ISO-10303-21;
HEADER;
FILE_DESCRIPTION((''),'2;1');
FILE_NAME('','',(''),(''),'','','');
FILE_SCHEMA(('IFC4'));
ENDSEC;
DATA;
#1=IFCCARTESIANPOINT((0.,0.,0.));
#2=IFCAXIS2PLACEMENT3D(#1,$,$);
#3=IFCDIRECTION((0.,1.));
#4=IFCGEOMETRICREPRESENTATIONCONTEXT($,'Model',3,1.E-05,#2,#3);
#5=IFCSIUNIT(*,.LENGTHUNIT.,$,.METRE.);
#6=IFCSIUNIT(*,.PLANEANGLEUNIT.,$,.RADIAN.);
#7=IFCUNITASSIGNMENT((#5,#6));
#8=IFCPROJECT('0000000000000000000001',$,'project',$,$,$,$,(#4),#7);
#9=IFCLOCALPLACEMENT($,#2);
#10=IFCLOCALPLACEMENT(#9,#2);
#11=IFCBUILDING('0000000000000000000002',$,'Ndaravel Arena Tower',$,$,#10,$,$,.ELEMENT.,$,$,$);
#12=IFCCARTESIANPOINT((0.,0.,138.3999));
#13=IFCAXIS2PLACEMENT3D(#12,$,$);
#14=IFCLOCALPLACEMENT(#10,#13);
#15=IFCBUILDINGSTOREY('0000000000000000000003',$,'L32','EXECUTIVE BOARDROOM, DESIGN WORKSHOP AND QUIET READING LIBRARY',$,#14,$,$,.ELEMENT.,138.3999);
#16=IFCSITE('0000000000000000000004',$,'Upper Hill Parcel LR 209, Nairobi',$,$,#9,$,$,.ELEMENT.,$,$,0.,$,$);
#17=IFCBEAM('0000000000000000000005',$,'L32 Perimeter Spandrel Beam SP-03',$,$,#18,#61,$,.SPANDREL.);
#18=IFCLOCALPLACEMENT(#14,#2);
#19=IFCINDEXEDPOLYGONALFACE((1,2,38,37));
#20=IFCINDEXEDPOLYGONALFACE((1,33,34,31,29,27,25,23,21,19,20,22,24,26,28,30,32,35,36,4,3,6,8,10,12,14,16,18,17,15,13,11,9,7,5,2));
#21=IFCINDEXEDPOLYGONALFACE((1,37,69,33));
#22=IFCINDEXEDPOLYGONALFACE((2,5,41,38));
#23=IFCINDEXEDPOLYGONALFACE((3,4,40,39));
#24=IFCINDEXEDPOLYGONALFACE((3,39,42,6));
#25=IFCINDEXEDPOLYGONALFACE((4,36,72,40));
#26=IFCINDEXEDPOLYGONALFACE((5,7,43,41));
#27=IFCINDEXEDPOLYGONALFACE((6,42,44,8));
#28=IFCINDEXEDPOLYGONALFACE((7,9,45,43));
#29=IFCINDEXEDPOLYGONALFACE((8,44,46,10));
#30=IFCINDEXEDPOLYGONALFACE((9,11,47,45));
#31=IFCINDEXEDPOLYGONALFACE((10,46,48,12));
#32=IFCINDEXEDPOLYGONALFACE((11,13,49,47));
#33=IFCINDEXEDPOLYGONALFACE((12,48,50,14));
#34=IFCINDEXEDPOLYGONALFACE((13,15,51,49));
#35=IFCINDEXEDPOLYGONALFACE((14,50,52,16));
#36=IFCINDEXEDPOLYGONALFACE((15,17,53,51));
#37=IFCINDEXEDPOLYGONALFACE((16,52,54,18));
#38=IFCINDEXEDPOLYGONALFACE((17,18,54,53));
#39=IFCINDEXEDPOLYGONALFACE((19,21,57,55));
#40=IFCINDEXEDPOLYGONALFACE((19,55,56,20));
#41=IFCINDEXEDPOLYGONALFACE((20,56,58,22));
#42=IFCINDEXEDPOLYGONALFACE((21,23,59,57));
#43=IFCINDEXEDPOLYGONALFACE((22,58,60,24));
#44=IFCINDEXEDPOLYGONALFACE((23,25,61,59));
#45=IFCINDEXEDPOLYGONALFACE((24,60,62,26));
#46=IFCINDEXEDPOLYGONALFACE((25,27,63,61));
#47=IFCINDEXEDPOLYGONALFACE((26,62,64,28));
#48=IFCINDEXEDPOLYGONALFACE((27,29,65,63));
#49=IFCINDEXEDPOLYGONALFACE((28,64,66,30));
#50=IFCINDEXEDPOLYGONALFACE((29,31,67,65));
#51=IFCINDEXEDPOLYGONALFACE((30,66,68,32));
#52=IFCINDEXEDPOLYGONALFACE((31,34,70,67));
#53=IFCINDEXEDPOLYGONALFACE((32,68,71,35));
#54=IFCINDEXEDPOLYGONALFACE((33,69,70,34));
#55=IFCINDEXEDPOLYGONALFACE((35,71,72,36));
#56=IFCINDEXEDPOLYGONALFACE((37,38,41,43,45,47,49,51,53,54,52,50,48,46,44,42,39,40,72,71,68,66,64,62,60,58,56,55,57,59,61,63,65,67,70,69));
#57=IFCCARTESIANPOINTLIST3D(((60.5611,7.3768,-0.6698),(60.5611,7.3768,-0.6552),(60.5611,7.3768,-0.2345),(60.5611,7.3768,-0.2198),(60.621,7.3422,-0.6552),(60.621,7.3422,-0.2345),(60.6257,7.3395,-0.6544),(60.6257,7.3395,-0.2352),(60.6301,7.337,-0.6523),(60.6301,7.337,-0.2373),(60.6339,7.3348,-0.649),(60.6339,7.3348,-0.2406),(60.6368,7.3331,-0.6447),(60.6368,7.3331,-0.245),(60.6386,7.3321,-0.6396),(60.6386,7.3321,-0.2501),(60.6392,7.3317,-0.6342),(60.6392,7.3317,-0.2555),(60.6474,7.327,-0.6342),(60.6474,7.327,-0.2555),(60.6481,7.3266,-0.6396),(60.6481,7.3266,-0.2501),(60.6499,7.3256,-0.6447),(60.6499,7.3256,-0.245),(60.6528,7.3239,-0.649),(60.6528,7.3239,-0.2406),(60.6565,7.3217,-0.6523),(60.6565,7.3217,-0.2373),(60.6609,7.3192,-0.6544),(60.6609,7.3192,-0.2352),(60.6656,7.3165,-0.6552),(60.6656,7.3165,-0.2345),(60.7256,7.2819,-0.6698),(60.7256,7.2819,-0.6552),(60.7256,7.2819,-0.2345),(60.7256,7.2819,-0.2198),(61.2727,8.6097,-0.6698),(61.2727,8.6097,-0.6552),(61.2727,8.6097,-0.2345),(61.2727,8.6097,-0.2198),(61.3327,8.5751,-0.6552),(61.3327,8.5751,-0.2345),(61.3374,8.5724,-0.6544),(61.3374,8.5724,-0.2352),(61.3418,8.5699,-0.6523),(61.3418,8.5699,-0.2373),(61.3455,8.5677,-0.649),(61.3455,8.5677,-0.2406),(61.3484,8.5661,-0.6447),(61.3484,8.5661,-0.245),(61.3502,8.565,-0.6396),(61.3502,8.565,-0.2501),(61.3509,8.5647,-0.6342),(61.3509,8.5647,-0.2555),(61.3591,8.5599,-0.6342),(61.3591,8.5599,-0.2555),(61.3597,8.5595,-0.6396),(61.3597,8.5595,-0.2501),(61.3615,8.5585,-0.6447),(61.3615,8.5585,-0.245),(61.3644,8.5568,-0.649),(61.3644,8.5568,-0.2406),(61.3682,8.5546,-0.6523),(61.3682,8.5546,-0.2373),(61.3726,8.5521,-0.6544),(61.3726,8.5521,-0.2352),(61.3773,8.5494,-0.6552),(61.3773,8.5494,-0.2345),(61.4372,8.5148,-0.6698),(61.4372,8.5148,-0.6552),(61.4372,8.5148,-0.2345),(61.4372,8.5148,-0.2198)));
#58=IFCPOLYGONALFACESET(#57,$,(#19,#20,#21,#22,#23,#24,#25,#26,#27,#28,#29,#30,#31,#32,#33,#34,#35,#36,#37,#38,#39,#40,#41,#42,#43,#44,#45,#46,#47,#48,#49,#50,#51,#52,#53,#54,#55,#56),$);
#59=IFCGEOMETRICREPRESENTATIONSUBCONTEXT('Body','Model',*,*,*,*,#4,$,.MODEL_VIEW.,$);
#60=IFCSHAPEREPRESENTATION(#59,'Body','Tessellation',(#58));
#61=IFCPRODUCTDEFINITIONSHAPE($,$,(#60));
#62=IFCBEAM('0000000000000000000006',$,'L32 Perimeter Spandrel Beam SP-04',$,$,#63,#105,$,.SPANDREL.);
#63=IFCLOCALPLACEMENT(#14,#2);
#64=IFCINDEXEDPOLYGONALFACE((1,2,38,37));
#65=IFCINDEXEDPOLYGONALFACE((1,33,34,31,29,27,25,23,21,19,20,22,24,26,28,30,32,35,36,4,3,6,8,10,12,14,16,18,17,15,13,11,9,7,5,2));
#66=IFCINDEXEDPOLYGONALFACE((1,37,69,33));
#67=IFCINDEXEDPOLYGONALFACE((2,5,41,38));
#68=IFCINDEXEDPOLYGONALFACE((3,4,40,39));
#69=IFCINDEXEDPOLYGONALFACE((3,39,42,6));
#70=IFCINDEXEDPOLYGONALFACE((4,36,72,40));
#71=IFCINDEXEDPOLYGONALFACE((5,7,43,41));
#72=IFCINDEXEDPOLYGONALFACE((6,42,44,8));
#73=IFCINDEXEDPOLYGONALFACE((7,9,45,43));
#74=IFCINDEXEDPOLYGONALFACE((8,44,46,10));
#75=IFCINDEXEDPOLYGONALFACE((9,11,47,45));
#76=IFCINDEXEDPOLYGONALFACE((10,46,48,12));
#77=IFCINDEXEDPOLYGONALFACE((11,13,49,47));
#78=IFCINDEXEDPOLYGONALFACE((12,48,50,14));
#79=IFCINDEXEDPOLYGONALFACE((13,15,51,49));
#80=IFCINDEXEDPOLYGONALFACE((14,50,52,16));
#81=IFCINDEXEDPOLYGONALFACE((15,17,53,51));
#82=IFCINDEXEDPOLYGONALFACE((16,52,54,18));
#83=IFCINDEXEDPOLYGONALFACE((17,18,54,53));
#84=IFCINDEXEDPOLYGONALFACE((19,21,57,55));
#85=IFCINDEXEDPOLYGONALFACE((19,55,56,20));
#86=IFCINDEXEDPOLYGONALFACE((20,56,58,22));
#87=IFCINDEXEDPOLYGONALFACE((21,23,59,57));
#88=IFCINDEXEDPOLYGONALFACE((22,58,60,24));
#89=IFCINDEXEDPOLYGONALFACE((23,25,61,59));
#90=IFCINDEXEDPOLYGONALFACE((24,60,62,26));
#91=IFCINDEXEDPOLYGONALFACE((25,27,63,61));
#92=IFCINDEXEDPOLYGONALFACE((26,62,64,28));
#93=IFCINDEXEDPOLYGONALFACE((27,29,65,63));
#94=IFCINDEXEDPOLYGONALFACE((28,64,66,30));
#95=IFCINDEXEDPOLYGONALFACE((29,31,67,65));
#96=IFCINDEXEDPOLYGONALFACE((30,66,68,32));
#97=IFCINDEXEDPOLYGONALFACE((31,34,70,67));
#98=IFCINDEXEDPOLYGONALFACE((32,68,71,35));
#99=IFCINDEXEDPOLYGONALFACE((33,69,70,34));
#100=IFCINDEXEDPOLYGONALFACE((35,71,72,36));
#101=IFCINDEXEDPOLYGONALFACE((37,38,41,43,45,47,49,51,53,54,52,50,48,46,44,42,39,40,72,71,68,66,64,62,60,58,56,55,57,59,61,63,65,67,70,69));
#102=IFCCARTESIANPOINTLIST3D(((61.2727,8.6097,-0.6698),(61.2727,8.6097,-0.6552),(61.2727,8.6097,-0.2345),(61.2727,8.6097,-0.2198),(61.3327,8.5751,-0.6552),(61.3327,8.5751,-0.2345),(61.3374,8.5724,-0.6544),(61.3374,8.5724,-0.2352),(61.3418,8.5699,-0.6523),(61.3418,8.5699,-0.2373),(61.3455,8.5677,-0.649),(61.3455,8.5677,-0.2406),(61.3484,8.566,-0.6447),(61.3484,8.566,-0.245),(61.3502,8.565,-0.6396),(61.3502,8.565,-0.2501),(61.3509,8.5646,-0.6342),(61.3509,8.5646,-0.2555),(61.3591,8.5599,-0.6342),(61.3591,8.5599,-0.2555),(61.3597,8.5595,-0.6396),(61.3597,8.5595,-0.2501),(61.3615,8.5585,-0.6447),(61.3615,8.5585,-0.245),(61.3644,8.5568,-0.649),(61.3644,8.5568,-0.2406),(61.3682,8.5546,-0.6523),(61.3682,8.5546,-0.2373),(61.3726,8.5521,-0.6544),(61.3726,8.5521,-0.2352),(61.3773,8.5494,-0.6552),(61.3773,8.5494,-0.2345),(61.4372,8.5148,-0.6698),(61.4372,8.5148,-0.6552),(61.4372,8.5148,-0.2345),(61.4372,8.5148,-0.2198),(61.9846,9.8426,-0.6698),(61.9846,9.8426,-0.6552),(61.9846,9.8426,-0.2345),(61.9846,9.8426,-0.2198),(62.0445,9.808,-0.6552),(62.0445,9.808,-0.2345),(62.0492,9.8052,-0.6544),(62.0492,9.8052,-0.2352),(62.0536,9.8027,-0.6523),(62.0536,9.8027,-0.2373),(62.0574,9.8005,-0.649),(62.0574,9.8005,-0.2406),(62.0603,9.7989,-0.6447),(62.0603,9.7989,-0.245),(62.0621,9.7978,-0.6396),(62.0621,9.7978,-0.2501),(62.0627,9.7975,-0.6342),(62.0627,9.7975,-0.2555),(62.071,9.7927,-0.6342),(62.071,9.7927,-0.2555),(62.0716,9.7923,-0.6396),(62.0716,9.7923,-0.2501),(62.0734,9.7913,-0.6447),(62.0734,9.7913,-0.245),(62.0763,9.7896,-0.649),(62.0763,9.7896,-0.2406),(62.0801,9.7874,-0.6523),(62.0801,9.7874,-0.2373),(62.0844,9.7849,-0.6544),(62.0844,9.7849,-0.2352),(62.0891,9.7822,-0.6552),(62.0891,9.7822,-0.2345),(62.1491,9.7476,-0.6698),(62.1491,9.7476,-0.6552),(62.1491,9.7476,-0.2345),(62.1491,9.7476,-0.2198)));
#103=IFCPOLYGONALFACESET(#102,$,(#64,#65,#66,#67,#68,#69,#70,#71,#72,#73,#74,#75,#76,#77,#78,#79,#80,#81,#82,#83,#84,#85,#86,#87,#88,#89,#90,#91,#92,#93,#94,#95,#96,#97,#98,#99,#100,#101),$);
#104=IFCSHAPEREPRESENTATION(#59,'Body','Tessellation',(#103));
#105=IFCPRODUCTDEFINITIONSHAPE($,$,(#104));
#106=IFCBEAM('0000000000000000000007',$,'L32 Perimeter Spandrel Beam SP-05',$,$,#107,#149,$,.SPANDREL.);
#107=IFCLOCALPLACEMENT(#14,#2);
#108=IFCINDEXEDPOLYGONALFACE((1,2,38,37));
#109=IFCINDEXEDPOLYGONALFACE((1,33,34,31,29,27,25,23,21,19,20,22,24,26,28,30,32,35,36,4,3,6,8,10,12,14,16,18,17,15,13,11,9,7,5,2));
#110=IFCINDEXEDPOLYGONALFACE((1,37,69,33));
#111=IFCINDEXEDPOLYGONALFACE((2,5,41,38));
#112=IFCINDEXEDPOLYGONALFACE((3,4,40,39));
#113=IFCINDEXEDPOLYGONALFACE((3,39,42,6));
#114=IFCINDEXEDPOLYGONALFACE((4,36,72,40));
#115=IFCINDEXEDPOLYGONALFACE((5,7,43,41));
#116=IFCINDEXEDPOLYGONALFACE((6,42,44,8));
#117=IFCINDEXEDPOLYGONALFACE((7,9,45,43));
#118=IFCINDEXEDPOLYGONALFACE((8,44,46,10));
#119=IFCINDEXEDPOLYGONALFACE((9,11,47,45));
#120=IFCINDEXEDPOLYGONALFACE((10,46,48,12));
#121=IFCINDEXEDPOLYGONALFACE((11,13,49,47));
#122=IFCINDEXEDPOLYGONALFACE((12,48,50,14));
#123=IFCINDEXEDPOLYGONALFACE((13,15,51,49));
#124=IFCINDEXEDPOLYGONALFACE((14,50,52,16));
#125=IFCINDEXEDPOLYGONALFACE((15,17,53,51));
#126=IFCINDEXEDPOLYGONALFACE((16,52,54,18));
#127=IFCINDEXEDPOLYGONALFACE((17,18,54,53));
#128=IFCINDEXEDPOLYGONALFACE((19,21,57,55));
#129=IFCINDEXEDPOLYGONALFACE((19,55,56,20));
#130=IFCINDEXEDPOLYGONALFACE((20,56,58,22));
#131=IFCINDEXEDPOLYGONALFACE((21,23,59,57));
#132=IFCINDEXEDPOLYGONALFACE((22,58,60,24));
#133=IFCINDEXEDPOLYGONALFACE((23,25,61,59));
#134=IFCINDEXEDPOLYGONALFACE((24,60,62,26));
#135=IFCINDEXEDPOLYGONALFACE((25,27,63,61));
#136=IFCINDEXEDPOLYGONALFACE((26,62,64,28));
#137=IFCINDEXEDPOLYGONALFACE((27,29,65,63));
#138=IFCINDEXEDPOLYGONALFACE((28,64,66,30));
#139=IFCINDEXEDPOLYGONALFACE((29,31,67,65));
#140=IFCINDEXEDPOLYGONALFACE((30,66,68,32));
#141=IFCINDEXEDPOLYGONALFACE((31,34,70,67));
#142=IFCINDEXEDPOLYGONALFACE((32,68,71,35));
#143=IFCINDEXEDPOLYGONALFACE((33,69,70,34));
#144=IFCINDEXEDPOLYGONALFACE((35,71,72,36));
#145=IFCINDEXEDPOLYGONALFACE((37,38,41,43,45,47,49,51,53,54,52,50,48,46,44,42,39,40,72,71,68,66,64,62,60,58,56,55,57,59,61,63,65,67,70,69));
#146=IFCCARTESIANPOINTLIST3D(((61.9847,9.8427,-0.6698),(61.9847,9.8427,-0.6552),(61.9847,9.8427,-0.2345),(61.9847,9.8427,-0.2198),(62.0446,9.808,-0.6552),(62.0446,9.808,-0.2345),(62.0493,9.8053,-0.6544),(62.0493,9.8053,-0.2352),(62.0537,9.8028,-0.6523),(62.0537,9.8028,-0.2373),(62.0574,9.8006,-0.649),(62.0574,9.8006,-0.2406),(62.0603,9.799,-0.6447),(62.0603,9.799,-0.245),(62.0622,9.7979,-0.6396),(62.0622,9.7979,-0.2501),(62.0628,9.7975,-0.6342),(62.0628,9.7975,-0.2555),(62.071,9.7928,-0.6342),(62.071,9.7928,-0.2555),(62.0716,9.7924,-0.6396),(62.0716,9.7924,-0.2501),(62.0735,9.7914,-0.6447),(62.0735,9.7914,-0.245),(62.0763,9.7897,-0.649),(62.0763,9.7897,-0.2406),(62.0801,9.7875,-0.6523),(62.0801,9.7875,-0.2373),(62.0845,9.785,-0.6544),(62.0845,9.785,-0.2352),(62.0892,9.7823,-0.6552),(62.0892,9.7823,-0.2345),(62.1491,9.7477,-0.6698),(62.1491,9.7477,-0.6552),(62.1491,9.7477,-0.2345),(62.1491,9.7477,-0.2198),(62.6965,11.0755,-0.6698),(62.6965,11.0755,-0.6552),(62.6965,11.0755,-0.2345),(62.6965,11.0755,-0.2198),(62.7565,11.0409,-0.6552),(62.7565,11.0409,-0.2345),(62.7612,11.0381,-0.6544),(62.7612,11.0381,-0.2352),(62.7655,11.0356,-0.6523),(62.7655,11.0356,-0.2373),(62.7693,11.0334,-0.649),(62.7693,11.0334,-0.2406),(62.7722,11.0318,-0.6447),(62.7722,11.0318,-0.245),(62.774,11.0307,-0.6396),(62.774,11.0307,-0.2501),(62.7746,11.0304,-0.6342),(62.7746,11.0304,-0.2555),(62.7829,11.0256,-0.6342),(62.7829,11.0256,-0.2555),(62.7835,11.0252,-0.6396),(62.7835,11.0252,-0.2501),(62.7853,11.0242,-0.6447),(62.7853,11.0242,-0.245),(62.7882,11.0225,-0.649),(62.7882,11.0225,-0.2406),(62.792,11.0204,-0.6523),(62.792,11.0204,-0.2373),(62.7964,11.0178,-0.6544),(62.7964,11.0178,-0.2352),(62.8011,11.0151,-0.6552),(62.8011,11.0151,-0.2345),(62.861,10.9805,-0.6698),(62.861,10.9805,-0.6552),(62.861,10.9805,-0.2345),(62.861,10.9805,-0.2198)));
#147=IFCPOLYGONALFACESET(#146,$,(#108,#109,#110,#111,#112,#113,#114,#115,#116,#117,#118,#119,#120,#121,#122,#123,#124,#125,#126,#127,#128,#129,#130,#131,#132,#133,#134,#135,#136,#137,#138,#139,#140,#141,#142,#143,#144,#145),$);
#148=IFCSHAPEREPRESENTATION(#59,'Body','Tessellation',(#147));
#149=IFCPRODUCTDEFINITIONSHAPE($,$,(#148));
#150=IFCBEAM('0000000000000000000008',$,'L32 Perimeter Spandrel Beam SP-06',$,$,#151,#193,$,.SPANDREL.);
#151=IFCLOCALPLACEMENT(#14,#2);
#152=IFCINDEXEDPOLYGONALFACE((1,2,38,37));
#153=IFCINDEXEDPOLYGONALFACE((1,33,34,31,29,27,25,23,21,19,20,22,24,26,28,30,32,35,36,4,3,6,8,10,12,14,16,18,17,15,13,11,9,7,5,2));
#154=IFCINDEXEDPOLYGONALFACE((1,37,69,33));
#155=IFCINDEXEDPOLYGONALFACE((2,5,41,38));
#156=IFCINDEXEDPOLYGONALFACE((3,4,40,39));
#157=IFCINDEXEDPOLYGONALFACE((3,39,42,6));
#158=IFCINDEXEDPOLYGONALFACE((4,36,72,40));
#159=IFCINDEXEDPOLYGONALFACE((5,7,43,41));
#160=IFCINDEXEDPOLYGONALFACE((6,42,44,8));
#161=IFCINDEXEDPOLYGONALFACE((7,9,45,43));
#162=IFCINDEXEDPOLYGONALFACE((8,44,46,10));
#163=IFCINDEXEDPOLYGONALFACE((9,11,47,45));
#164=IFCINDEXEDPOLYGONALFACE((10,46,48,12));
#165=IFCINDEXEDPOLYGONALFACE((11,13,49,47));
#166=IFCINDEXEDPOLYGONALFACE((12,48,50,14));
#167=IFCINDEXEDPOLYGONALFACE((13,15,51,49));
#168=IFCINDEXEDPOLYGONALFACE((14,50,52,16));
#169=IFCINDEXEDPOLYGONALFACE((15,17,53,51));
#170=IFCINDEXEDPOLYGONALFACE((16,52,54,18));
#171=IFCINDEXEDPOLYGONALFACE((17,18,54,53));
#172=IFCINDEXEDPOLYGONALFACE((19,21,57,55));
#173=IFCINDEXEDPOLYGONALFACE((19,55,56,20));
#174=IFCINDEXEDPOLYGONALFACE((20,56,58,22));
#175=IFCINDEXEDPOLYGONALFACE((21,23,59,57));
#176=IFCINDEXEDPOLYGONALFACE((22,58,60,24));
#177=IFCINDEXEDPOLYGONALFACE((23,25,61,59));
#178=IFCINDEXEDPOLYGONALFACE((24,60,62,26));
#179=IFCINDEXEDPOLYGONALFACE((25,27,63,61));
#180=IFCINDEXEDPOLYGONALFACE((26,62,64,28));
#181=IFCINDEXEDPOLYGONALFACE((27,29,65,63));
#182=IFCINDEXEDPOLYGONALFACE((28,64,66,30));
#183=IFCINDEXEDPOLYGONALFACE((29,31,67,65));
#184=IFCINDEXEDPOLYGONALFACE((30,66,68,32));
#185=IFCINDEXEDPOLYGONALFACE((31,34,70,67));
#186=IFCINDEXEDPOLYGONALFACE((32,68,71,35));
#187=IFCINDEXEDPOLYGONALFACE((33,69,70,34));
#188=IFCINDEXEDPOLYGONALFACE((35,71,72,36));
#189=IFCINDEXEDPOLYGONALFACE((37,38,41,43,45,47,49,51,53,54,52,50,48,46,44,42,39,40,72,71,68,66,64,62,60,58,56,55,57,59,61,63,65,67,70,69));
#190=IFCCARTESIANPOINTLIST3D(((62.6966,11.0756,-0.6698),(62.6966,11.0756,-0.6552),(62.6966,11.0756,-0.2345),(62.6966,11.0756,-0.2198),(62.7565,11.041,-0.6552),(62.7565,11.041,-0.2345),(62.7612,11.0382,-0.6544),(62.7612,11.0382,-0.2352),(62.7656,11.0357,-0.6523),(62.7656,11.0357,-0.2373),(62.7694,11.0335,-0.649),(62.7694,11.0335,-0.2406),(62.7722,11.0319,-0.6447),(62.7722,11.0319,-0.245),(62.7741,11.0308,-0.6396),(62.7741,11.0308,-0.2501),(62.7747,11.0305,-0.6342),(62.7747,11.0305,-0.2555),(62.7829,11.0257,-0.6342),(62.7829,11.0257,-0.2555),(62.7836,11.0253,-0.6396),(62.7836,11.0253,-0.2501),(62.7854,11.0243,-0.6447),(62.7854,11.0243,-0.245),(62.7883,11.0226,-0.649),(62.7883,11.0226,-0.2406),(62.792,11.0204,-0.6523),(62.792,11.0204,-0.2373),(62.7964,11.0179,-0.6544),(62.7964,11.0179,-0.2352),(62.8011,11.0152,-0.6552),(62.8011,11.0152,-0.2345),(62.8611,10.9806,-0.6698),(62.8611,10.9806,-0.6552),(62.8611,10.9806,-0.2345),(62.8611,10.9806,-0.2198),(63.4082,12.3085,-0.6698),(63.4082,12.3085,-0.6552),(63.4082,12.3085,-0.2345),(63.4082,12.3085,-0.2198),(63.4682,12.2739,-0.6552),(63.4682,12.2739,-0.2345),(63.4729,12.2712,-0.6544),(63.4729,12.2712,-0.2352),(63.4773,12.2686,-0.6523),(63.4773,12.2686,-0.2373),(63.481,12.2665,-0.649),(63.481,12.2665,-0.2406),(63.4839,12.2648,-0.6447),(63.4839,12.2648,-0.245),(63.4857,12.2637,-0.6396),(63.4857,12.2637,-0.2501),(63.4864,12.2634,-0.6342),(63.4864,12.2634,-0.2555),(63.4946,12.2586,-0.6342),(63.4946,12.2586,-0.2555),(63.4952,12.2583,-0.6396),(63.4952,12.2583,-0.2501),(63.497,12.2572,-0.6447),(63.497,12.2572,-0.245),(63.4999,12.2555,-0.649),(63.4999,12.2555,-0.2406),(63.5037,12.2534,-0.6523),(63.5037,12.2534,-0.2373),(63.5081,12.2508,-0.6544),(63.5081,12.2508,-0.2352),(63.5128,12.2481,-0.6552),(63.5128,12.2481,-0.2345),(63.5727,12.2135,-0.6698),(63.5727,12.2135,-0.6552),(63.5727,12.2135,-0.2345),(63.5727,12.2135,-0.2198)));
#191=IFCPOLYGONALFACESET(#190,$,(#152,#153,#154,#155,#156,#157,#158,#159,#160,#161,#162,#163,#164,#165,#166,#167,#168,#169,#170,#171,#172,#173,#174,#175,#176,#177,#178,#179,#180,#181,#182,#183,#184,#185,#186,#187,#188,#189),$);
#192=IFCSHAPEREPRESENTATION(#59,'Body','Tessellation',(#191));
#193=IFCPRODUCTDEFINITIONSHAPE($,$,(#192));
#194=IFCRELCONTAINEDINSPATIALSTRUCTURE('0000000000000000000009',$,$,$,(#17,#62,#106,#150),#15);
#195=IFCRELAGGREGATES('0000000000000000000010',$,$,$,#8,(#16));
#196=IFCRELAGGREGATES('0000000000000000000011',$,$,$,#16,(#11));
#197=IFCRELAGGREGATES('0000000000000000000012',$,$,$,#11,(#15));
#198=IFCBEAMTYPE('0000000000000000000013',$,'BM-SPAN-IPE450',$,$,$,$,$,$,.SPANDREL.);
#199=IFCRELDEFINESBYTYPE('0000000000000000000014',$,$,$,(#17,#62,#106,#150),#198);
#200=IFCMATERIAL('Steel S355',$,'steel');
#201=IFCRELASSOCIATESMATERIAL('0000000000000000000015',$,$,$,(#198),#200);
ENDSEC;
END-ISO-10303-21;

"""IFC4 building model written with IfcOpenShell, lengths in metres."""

from ifc_helpers import new_model, si_unit, direction, frame, origin, origin_2d, place, context, subcontext, project, spatial, i_section, extrude, material, material_profile, profile_set, type_object, element, save


model = new_model("IFC4")

# Units and contexts
model_context = context("Model", 3, precision=1e-05, world=origin(), true_north=direction((0.0, 1.0)))
body_context = subcontext(model_context, "Body", "Model", "MODEL_VIEW")
ifc_project = project(units=[si_unit("LENGTHUNIT", "METRE"), si_unit("PLANEANGLEUNIT", "RADIAN")], contexts=[model_context])

# Site, building, storey
site_placement = place(None, origin())
site = spatial("IfcSite", under=ifc_project, at=site_placement, Name="Upper Hill Parcel LR 209, Nairobi", CompositionType="ELEMENT", RefElevation=0.0)
building_placement = place(site_placement, origin())
building = spatial("IfcBuilding", under=site, at=building_placement, Name="Ndaravel Arena Tower", CompositionType="ELEMENT")
storey_placement = place(building_placement, frame((0.0, 0.0, 138.3999)))
storey = spatial("IfcBuildingStorey", under=building, at=storey_placement, Name="L32", Description="EXECUTIVE BOARDROOM, DESIGN WORKSHOP AND QUIET READING LIBRARY", CompositionType="ELEMENT", Elevation=138.3999)

# Beams
ifc_material_1 = material(Name="Steel S355", Category="steel")
ifc_material_profile_1 = material_profile(ifc_material_1, i_section(OverallWidth=0.1899, OverallDepth=0.45, WebThickness=0.0095, FlangeThickness=0.0146, FilletRadius=0.021, at=origin_2d()), Name="IPE 450")
ifc_profile_set_1 = profile_set([ifc_material_profile_1], Name="Steel S355")
beam_type = type_object("IfcBeamType", Name="BM-SPAN-IPE450", PredefinedType="SPANDREL", material=ifc_profile_set_1)
for number, where, z_axis, x_axis, name in (
    (1, (60.6433, 7.3293, -0.4448), (0.49992, 0.866071, 0.0), (-0.866071, 0.49992, 0.0), "L32 Perimeter Spandrel Beam SP-03"),
    (2, (61.355, 8.5623, -0.4448), (0.500049, 0.865997, 0.0), (-0.865997, 0.500049, 0.0), "L32 Perimeter Spandrel Beam SP-04"),
    (3, (62.0669, 9.7952, -0.4448), (0.500049, 0.865997, 0.0), (-0.865997, 0.500049, 0.0), "L32 Perimeter Spandrel Beam SP-05"),
    (4, (62.7788, 11.0281, -0.4448), (0.49992, 0.866071, 0.0), (-0.866071, 0.49992, 0.0), "L32 Perimeter Spandrel Beam SP-06"),
):
    element("IfcBeam", number, at=place(storey_placement, frame(where, z_axis=z_axis, x_axis=x_axis)), inside=storey, type_object=beam_type, Name=name, PredefinedType="SPANDREL", context=body_context, shape_type="SweptSolid", body=[
        extrude(i_section(OverallWidth=0.1899, OverallDepth=0.45, WebThickness=0.0095, FlangeThickness=0.0146, FilletRadius=0.021, at=origin_2d()), origin(), (0.0, 0.0, 1.0), 1.4236),
    ])

save(model, "model.ifc")
